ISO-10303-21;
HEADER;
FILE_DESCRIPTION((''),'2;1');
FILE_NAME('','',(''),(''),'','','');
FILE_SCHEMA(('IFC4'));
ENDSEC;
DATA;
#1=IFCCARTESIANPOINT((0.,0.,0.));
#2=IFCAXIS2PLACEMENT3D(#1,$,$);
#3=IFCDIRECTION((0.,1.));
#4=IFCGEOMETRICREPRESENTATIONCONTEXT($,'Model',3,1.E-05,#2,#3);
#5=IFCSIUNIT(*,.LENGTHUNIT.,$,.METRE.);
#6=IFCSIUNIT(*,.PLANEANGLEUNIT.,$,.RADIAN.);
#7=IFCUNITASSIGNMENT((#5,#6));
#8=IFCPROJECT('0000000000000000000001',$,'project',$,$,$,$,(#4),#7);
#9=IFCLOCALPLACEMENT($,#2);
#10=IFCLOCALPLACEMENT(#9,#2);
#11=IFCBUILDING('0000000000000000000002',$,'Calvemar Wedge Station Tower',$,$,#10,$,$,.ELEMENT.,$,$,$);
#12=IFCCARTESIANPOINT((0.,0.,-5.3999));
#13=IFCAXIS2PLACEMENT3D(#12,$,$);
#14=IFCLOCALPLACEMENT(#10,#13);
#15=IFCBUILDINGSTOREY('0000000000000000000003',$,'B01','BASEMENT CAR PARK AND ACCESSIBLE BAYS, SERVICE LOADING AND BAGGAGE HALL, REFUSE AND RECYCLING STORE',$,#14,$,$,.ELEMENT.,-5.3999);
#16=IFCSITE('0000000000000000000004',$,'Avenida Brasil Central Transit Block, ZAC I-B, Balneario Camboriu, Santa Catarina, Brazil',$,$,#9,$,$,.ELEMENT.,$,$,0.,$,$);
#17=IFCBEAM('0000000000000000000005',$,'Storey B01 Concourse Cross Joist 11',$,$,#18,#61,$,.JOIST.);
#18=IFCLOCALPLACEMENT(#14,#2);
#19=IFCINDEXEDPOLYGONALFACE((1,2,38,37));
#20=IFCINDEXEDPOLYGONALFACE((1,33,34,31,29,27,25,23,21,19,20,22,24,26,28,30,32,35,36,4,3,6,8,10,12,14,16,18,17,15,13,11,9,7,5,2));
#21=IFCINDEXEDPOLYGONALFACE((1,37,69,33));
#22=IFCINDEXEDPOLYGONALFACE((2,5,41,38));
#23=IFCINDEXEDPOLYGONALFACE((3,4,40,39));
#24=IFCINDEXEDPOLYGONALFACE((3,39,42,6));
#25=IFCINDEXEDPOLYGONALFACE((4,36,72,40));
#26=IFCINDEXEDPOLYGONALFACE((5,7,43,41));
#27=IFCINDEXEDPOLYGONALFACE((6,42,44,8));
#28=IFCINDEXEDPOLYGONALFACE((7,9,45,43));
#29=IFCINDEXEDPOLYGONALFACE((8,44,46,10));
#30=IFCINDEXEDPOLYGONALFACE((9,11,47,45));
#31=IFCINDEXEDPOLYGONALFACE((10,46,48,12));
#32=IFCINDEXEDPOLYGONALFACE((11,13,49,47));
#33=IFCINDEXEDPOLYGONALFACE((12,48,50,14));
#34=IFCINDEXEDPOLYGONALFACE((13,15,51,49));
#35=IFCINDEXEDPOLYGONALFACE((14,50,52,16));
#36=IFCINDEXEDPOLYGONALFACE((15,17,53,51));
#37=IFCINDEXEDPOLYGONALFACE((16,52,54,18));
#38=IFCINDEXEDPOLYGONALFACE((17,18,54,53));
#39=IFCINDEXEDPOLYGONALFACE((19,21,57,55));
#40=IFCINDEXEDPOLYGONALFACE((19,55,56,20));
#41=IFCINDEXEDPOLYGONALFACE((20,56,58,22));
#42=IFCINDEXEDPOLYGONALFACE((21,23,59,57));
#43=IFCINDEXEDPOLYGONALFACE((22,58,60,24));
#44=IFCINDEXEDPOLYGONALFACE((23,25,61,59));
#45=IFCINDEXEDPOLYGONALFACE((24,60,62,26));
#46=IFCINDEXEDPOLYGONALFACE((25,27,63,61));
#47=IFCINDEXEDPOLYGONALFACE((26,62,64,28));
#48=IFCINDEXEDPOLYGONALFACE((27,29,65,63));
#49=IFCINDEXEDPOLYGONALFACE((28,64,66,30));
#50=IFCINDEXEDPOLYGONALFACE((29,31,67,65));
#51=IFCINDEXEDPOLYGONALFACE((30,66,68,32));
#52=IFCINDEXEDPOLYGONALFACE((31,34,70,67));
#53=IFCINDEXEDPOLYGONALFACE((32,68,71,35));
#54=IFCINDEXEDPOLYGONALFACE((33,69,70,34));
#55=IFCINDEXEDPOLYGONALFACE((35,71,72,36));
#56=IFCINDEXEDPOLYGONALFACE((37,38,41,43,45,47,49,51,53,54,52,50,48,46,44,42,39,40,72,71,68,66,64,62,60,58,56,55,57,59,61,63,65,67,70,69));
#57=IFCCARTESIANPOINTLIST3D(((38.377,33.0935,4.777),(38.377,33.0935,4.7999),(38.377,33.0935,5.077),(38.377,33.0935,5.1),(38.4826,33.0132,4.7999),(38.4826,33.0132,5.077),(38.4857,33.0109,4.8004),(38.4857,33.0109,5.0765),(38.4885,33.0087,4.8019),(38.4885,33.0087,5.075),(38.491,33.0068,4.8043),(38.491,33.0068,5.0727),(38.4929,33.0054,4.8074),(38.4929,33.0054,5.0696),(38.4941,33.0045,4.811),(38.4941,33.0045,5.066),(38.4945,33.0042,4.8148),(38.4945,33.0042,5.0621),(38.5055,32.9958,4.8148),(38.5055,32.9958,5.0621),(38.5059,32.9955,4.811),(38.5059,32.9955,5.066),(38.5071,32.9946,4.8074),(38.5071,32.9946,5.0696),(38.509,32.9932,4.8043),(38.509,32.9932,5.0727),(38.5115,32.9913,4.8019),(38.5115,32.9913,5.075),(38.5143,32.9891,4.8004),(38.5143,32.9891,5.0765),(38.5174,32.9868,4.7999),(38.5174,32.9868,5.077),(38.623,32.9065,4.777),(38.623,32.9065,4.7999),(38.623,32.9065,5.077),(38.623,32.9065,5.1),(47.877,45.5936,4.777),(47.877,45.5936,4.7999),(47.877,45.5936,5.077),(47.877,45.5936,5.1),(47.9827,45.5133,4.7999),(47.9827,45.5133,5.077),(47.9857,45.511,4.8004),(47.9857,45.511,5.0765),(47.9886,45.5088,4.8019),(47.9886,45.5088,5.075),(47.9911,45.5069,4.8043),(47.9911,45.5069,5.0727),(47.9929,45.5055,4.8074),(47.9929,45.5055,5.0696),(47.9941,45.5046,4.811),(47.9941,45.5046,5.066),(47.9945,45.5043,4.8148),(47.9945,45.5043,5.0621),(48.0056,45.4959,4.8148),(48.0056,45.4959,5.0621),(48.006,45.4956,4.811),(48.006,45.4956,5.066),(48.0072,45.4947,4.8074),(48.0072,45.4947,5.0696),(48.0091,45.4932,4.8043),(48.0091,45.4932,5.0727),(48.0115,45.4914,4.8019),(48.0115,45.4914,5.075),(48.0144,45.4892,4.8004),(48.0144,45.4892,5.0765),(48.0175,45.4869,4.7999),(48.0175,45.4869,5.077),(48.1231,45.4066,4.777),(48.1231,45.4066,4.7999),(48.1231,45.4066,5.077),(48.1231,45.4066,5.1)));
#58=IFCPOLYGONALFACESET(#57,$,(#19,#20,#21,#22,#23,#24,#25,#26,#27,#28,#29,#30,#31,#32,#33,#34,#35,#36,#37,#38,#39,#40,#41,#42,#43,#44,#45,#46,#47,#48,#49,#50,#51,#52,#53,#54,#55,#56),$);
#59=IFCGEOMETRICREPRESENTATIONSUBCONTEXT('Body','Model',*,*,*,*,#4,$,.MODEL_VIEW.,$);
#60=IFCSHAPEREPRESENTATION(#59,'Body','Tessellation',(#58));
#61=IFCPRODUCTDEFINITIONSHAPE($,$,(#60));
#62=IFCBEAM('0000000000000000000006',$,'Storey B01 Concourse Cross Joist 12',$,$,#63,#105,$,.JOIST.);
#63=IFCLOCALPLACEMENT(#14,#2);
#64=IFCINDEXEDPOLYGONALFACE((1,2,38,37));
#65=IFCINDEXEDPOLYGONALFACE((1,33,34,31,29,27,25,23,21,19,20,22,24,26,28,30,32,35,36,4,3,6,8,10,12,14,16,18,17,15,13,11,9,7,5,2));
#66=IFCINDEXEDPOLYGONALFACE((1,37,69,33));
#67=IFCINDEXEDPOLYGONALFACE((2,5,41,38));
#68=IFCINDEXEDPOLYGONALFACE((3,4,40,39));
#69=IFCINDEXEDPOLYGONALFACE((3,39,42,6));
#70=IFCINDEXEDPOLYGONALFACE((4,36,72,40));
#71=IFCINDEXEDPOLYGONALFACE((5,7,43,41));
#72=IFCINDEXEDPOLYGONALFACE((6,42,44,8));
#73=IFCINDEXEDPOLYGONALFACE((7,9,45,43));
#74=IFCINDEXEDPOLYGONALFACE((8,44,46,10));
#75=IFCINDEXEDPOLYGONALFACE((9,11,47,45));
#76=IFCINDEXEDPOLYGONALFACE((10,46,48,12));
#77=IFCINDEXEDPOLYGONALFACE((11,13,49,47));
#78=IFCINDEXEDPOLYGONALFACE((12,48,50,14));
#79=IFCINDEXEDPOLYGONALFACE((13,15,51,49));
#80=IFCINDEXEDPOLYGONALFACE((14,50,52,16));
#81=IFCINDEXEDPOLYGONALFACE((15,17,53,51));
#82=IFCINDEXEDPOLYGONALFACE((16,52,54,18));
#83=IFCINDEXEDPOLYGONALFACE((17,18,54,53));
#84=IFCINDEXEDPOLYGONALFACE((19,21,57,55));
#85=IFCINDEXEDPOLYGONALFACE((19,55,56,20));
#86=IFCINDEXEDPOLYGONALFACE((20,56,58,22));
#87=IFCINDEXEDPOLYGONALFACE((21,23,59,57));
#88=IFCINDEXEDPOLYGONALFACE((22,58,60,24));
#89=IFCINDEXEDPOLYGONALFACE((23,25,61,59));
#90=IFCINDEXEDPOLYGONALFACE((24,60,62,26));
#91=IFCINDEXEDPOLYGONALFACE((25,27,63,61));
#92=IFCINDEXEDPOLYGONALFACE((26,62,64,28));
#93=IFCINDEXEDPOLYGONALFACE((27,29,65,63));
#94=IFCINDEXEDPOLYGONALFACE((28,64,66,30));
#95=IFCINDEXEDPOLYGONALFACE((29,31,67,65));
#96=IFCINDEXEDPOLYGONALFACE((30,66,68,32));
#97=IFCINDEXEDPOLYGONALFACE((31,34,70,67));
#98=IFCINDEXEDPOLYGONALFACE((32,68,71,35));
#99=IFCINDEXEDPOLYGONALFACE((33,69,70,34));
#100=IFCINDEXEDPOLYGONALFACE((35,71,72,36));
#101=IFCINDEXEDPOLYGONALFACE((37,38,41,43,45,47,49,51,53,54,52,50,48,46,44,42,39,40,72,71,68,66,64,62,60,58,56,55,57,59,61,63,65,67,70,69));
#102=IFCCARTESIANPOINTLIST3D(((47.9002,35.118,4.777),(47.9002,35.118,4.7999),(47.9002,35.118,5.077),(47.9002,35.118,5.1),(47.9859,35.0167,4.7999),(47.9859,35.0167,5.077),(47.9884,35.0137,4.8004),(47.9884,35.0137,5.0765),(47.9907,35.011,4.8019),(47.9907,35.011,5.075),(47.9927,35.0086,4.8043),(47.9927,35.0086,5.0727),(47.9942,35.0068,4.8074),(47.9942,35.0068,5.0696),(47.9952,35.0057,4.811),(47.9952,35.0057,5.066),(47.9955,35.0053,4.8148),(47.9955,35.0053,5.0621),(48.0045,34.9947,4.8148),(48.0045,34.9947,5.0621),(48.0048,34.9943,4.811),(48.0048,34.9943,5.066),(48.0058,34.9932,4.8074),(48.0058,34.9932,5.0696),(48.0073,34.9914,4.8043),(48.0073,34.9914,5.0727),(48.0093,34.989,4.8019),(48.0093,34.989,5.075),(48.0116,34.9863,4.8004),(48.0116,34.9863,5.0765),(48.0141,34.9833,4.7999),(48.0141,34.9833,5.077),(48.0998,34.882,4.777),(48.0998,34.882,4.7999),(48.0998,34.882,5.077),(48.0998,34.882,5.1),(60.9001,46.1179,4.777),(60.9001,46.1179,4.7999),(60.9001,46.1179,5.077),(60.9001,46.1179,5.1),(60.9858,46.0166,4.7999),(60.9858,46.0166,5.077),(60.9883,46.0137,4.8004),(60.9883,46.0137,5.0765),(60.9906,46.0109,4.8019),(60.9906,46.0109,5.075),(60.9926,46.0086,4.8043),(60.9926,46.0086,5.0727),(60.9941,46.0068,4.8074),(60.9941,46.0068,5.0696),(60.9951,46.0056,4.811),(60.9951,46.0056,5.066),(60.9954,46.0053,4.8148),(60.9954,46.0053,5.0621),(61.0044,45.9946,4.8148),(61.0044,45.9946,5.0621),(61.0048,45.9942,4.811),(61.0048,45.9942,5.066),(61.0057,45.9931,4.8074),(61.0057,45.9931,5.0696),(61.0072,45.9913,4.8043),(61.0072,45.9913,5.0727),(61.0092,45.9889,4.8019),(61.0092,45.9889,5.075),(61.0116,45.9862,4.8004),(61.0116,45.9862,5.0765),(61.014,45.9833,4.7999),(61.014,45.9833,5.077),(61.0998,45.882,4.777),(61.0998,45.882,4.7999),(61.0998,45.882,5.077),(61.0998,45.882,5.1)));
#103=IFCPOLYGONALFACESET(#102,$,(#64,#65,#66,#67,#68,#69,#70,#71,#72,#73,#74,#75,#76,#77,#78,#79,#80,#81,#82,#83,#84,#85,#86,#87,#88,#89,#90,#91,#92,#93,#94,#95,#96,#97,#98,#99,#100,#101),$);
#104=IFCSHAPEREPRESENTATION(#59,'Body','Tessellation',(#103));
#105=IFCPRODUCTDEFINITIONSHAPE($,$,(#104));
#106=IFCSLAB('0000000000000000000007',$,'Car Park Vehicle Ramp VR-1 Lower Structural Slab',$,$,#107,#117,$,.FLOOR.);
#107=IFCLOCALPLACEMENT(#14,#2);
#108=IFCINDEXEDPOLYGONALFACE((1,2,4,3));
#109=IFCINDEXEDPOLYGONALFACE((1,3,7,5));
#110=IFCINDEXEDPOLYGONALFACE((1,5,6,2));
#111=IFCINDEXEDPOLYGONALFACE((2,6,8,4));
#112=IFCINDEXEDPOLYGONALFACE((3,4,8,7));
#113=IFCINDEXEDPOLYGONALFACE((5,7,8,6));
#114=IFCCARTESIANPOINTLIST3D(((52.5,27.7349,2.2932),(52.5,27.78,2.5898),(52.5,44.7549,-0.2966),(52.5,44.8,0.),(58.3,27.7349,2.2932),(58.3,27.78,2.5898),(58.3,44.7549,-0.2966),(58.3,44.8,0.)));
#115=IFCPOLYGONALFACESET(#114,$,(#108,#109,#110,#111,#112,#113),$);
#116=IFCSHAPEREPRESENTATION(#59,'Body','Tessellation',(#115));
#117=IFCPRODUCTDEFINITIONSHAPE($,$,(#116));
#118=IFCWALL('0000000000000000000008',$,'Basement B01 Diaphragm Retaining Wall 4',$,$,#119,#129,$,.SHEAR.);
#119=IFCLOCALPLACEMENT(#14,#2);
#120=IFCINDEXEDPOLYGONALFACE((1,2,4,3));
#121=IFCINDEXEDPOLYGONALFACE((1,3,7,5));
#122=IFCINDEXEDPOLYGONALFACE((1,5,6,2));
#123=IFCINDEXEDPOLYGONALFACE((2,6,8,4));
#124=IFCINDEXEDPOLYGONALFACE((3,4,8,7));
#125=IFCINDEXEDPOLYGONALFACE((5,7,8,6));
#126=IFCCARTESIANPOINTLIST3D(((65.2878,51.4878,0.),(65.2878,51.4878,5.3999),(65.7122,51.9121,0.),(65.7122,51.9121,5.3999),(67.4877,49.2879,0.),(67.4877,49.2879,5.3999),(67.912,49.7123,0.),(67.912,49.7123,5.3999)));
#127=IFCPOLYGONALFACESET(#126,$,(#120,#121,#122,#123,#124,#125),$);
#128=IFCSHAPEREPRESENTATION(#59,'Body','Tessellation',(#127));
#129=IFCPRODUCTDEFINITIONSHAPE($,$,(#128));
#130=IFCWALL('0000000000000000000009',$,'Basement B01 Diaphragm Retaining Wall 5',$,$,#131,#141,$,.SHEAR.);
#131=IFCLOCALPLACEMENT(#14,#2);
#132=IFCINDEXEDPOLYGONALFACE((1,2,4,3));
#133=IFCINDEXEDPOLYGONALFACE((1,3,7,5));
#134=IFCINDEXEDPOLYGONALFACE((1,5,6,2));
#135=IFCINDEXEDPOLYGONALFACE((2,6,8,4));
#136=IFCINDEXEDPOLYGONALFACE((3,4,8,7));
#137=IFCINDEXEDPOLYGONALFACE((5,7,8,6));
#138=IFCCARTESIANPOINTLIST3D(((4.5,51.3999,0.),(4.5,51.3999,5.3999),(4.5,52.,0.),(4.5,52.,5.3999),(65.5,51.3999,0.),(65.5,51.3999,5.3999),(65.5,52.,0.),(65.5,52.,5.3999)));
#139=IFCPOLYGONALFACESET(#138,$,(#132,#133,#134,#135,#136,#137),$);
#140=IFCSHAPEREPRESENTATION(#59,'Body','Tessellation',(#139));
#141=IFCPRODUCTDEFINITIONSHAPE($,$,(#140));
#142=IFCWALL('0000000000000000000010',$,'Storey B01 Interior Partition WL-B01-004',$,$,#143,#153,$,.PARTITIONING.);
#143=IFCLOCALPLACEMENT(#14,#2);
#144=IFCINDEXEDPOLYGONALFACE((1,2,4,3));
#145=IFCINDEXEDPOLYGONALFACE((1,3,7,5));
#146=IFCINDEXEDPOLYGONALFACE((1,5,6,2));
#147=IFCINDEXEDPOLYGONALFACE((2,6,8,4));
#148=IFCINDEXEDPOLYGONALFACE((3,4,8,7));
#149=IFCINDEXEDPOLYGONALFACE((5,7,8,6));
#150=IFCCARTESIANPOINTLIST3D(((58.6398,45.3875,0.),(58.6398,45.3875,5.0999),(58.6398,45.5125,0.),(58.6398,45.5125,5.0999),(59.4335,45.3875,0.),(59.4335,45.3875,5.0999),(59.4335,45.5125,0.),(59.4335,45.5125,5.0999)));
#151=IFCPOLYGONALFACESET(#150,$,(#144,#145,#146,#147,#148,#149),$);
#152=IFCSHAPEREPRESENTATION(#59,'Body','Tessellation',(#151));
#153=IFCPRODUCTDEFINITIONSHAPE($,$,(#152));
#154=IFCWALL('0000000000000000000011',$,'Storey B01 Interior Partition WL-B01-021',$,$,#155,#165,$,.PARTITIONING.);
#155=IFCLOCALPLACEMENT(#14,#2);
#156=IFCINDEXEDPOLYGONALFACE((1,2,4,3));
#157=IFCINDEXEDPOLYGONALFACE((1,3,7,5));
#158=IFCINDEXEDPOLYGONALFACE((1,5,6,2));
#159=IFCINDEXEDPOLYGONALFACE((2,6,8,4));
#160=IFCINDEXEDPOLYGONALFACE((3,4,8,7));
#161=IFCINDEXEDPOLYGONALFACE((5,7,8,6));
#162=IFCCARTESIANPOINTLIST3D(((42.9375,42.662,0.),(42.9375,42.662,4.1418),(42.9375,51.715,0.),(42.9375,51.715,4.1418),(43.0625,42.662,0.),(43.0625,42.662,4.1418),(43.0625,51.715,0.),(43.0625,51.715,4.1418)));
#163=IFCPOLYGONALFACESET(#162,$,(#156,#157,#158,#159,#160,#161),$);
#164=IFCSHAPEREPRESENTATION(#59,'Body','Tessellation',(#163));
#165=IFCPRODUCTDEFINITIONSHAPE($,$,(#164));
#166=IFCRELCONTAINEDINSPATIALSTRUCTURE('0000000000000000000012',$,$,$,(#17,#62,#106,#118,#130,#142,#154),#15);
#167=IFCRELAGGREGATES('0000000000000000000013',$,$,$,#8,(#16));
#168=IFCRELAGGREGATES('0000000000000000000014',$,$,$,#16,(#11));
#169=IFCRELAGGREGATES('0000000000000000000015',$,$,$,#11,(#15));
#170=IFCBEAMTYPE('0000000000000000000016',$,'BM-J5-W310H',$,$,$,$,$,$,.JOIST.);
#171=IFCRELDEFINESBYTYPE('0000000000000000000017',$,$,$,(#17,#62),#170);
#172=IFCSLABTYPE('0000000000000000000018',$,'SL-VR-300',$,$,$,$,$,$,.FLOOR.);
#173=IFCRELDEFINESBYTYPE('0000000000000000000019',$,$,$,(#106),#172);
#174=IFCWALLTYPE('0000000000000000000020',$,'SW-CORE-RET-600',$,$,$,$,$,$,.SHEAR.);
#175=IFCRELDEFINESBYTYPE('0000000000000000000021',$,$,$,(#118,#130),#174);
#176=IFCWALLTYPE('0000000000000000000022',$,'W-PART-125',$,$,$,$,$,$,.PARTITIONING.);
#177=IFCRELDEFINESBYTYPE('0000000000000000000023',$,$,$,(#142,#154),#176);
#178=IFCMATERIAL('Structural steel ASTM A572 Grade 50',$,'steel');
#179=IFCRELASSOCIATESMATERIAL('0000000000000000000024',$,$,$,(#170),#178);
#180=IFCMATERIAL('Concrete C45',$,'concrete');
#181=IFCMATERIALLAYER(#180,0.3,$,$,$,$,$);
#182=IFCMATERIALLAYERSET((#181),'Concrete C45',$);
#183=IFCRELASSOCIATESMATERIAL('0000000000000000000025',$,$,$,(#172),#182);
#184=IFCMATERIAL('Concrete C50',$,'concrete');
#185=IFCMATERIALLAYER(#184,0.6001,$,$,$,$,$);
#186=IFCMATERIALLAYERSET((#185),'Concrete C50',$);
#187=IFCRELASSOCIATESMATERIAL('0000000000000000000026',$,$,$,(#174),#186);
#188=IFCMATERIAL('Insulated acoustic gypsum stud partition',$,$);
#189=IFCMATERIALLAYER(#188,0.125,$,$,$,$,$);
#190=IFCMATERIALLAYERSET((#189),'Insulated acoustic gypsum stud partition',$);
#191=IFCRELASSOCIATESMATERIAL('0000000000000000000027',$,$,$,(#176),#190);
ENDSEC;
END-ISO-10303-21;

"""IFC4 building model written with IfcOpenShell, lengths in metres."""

from ifc_helpers import new_model, si_unit, direction, frame, frame_2d, origin, origin_2d, place, context, subcontext, project, spatial, polyline, rectangle, i_section, outline, extrude, source, transform, mapped, material, layer, layer_set, material_profile, profile_set, type_object, element, save


model = new_model("IFC4")

# Units and contexts
model_context = context("Model", 3, precision=1e-05, world=origin(), true_north=direction((0.0, 1.0)))
body_context = subcontext(model_context, "Body", "Model", "MODEL_VIEW")
ifc_project = project(units=[si_unit("LENGTHUNIT", "METRE"), si_unit("PLANEANGLEUNIT", "RADIAN")], contexts=[model_context])

# Site, building, storey
site_placement = place(None, origin())
site = spatial("IfcSite", under=ifc_project, at=site_placement, Name="Avenida Brasil Central Transit Block, ZAC I-B, Balneario Camboriu, Santa Catarina, Brazil", CompositionType="ELEMENT", RefElevation=0.0)
building_placement = place(site_placement, origin())
building = spatial("IfcBuilding", under=site, at=building_placement, Name="Calvemar Wedge Station Tower", CompositionType="ELEMENT")
storey_placement = place(building_placement, frame((0.0, 0.0, -5.3999)))
storey = spatial("IfcBuildingStorey", under=building, at=storey_placement, Name="B01", Description="BASEMENT CAR PARK AND ACCESSIBLE BAYS, SERVICE LOADING AND BAGGAGE HALL, REFUSE AND RECYCLING STORE", CompositionType="ELEMENT", Elevation=-5.3999)

# Beams
ifc_material_1 = material(Name="Concrete C50", Category="concrete")
ifc_material_2 = material(Name="Structural steel ASTM A572 Grade 50", Category="steel")
ifc_material_profile_1 = material_profile(ifc_material_2, i_section(OverallWidth=0.3091, OverallDepth=0.323, WebThickness=0.0139, FlangeThickness=0.0229, FilletRadius=0.0149, at=origin_2d()), Name="W310x143")
ifc_profile_set_1 = profile_set([ifc_material_profile_1], Name="Structural steel ASTM A572 Grade 50")
beam_type_1 = type_object("IfcBeamType", Name="BM-J5-W310H", PredefinedType="JOIST", material=ifc_profile_set_1)
shared_shape_1 = source(origin(), body_context, "Body", "SweptSolid", [
    extrude(i_section(OverallWidth=0.3091, OverallDepth=0.323, WebThickness=0.0139, FlangeThickness=0.0229, FilletRadius=0.0149, at=origin_2d()), origin(), (0.0, 0.0, 1.0), 15.7004),
])
beam_1_placement = place(storey_placement, frame((38.5, 33.0, 4.9385), z_axis=(0.605083, 0.796162, 0.0), x_axis=(-0.796162, 0.605083, 0.0)))
element("IfcBeam", 1, at=beam_1_placement, inside=storey, type_object=beam_type_1, Name="Storey B01 Concourse Cross Joist 11", PredefinedType="JOIST", context=body_context, shape_type="MappedRepresentation", body=[
    mapped(shared_shape_1, transform((0.0, 0.0, 0.0), scale=1.0)),
])
shared_shape_2 = source(origin(), body_context, "Body", "SweptSolid", [
    extrude(i_section(OverallWidth=0.3091, OverallDepth=0.323, WebThickness=0.0139, FlangeThickness=0.0229, FilletRadius=0.0149, at=origin_2d()), origin(), (0.0, 0.0, 1.0), 17.0293),
])
beam_2_placement = place(storey_placement, frame((48.0, 35.0, 4.9385), z_axis=(0.763386, 0.645942, 0.0), x_axis=(-0.645942, 0.763386, 0.0)))
element("IfcBeam", 2, at=beam_2_placement, inside=storey, type_object=beam_type_1, Name="Storey B01 Concourse Cross Joist 12", PredefinedType="JOIST", context=body_context, shape_type="MappedRepresentation", body=[
    mapped(shared_shape_2, transform((0.0, 0.0, 0.0), scale=1.0)),
])

# Slab
ifc_material_3 = material(Name="Concrete C45", Category="concrete")
ifc_layer_1 = layer(ifc_material_3, 0.3)
ifc_layer_set_1 = layer_set([ifc_layer_1], Name="Concrete C45")
slab_type = type_object("IfcSlabType", Name="SL-VR-300", PredefinedType="FLOOR", material=ifc_layer_set_1)
slab_placement = place(storey_placement, frame((52.5, 44.8, 0.0), z_axis=(0.0, 0.150433, 0.98862), x_axis=(1.0, 0.0, 0.0)))
element("IfcSlab", 3, at=slab_placement, inside=storey, type_object=slab_type, Name="Car Park Vehicle Ramp VR-1 Lower Structural Slab", PredefinedType="FLOOR", context=body_context, shape_type="SweptSolid", body=[
    extrude(outline(polyline([(0.0, 0.0), (5.8, 0.0), (5.8, -17.2159), (0.0, -17.2159), (0.0, 0.0)])), origin(), (0.0, 0.0, -1.0), 0.3),
])

# Walls
ifc_layer_2 = layer(ifc_material_1, 0.6001)
ifc_layer_set_2 = layer_set([ifc_layer_2], Name="Concrete C50")
wall_type_1 = type_object("IfcWallType", Name="SW-CORE-RET-600", PredefinedType="SHEAR", material=ifc_layer_set_2)
wall_1_placement = place(storey_placement, frame((67.7, 49.5, 0.0), z_axis=(0.0, 0.0, 1.0), x_axis=(-0.707107, 0.707107, 0.0)))
element("IfcWall", 4, at=wall_1_placement, inside=storey, type_object=wall_type_1, Name="Basement B01 Diaphragm Retaining Wall 4", PredefinedType="SHEAR", context=body_context, shape_type="SweptSolid", body=[
    extrude(rectangle(XDim=3.1111, YDim=0.6001, at=frame_2d((1.5557, 0.0))), origin(), (0.0, 0.0, 1.0), 5.3999),
])
wall_2_placement = place(storey_placement, frame((65.5, 51.7, 0.0), z_axis=(0.0, 0.0, 1.0), x_axis=(-1.0, 0.0, 0.0)))
element("IfcWall", 5, at=wall_2_placement, inside=storey, type_object=wall_type_1, Name="Basement B01 Diaphragm Retaining Wall 5", PredefinedType="SHEAR", context=body_context, shape_type="SweptSolid", body=[
    extrude(rectangle(XDim=61.0, YDim=0.6001, at=frame_2d((30.5, 0.0))), origin(), (0.0, 0.0, 1.0), 5.3999),
])
ifc_material_4 = material(Name="Insulated acoustic gypsum stud partition")
ifc_layer_3 = layer(ifc_material_4, 0.125)
ifc_layer_set_3 = layer_set([ifc_layer_3], Name="Insulated acoustic gypsum stud partition")
wall_type_2 = type_object("IfcWallType", Name="W-PART-125", PredefinedType="PARTITIONING", material=ifc_layer_set_3)
wall_3_placement = place(storey_placement, frame((59.4336, 45.45, 0.0), z_axis=(0.0, 0.0, 1.0), x_axis=(-1.0, 0.0, 0.0)))
element("IfcWall", 6, at=wall_3_placement, inside=storey, type_object=wall_type_2, Name="Storey B01 Interior Partition WL-B01-004", PredefinedType="PARTITIONING", context=body_context, shape_type="SweptSolid", body=[
    extrude(rectangle(XDim=0.7937, YDim=0.125, at=frame_2d((0.397, 0.0))), origin(), (0.0, 0.0, 1.0), 5.0999),
])
wall_4_placement = place(storey_placement, frame((43.0, 42.6621, 0.0), z_axis=(0.0, 0.0, 1.0), x_axis=(0.0, 1.0, 0.0)))
element("IfcWall", 7, at=wall_4_placement, inside=storey, type_object=wall_type_2, Name="Storey B01 Interior Partition WL-B01-021", PredefinedType="PARTITIONING", context=body_context, shape_type="SweptSolid", body=[
    extrude(rectangle(XDim=9.053, YDim=0.125, at=frame_2d((4.5264, 0.0))), origin(), (0.0, 0.0, 1.0), 4.1418),
])

save(model, "model.ifc")
